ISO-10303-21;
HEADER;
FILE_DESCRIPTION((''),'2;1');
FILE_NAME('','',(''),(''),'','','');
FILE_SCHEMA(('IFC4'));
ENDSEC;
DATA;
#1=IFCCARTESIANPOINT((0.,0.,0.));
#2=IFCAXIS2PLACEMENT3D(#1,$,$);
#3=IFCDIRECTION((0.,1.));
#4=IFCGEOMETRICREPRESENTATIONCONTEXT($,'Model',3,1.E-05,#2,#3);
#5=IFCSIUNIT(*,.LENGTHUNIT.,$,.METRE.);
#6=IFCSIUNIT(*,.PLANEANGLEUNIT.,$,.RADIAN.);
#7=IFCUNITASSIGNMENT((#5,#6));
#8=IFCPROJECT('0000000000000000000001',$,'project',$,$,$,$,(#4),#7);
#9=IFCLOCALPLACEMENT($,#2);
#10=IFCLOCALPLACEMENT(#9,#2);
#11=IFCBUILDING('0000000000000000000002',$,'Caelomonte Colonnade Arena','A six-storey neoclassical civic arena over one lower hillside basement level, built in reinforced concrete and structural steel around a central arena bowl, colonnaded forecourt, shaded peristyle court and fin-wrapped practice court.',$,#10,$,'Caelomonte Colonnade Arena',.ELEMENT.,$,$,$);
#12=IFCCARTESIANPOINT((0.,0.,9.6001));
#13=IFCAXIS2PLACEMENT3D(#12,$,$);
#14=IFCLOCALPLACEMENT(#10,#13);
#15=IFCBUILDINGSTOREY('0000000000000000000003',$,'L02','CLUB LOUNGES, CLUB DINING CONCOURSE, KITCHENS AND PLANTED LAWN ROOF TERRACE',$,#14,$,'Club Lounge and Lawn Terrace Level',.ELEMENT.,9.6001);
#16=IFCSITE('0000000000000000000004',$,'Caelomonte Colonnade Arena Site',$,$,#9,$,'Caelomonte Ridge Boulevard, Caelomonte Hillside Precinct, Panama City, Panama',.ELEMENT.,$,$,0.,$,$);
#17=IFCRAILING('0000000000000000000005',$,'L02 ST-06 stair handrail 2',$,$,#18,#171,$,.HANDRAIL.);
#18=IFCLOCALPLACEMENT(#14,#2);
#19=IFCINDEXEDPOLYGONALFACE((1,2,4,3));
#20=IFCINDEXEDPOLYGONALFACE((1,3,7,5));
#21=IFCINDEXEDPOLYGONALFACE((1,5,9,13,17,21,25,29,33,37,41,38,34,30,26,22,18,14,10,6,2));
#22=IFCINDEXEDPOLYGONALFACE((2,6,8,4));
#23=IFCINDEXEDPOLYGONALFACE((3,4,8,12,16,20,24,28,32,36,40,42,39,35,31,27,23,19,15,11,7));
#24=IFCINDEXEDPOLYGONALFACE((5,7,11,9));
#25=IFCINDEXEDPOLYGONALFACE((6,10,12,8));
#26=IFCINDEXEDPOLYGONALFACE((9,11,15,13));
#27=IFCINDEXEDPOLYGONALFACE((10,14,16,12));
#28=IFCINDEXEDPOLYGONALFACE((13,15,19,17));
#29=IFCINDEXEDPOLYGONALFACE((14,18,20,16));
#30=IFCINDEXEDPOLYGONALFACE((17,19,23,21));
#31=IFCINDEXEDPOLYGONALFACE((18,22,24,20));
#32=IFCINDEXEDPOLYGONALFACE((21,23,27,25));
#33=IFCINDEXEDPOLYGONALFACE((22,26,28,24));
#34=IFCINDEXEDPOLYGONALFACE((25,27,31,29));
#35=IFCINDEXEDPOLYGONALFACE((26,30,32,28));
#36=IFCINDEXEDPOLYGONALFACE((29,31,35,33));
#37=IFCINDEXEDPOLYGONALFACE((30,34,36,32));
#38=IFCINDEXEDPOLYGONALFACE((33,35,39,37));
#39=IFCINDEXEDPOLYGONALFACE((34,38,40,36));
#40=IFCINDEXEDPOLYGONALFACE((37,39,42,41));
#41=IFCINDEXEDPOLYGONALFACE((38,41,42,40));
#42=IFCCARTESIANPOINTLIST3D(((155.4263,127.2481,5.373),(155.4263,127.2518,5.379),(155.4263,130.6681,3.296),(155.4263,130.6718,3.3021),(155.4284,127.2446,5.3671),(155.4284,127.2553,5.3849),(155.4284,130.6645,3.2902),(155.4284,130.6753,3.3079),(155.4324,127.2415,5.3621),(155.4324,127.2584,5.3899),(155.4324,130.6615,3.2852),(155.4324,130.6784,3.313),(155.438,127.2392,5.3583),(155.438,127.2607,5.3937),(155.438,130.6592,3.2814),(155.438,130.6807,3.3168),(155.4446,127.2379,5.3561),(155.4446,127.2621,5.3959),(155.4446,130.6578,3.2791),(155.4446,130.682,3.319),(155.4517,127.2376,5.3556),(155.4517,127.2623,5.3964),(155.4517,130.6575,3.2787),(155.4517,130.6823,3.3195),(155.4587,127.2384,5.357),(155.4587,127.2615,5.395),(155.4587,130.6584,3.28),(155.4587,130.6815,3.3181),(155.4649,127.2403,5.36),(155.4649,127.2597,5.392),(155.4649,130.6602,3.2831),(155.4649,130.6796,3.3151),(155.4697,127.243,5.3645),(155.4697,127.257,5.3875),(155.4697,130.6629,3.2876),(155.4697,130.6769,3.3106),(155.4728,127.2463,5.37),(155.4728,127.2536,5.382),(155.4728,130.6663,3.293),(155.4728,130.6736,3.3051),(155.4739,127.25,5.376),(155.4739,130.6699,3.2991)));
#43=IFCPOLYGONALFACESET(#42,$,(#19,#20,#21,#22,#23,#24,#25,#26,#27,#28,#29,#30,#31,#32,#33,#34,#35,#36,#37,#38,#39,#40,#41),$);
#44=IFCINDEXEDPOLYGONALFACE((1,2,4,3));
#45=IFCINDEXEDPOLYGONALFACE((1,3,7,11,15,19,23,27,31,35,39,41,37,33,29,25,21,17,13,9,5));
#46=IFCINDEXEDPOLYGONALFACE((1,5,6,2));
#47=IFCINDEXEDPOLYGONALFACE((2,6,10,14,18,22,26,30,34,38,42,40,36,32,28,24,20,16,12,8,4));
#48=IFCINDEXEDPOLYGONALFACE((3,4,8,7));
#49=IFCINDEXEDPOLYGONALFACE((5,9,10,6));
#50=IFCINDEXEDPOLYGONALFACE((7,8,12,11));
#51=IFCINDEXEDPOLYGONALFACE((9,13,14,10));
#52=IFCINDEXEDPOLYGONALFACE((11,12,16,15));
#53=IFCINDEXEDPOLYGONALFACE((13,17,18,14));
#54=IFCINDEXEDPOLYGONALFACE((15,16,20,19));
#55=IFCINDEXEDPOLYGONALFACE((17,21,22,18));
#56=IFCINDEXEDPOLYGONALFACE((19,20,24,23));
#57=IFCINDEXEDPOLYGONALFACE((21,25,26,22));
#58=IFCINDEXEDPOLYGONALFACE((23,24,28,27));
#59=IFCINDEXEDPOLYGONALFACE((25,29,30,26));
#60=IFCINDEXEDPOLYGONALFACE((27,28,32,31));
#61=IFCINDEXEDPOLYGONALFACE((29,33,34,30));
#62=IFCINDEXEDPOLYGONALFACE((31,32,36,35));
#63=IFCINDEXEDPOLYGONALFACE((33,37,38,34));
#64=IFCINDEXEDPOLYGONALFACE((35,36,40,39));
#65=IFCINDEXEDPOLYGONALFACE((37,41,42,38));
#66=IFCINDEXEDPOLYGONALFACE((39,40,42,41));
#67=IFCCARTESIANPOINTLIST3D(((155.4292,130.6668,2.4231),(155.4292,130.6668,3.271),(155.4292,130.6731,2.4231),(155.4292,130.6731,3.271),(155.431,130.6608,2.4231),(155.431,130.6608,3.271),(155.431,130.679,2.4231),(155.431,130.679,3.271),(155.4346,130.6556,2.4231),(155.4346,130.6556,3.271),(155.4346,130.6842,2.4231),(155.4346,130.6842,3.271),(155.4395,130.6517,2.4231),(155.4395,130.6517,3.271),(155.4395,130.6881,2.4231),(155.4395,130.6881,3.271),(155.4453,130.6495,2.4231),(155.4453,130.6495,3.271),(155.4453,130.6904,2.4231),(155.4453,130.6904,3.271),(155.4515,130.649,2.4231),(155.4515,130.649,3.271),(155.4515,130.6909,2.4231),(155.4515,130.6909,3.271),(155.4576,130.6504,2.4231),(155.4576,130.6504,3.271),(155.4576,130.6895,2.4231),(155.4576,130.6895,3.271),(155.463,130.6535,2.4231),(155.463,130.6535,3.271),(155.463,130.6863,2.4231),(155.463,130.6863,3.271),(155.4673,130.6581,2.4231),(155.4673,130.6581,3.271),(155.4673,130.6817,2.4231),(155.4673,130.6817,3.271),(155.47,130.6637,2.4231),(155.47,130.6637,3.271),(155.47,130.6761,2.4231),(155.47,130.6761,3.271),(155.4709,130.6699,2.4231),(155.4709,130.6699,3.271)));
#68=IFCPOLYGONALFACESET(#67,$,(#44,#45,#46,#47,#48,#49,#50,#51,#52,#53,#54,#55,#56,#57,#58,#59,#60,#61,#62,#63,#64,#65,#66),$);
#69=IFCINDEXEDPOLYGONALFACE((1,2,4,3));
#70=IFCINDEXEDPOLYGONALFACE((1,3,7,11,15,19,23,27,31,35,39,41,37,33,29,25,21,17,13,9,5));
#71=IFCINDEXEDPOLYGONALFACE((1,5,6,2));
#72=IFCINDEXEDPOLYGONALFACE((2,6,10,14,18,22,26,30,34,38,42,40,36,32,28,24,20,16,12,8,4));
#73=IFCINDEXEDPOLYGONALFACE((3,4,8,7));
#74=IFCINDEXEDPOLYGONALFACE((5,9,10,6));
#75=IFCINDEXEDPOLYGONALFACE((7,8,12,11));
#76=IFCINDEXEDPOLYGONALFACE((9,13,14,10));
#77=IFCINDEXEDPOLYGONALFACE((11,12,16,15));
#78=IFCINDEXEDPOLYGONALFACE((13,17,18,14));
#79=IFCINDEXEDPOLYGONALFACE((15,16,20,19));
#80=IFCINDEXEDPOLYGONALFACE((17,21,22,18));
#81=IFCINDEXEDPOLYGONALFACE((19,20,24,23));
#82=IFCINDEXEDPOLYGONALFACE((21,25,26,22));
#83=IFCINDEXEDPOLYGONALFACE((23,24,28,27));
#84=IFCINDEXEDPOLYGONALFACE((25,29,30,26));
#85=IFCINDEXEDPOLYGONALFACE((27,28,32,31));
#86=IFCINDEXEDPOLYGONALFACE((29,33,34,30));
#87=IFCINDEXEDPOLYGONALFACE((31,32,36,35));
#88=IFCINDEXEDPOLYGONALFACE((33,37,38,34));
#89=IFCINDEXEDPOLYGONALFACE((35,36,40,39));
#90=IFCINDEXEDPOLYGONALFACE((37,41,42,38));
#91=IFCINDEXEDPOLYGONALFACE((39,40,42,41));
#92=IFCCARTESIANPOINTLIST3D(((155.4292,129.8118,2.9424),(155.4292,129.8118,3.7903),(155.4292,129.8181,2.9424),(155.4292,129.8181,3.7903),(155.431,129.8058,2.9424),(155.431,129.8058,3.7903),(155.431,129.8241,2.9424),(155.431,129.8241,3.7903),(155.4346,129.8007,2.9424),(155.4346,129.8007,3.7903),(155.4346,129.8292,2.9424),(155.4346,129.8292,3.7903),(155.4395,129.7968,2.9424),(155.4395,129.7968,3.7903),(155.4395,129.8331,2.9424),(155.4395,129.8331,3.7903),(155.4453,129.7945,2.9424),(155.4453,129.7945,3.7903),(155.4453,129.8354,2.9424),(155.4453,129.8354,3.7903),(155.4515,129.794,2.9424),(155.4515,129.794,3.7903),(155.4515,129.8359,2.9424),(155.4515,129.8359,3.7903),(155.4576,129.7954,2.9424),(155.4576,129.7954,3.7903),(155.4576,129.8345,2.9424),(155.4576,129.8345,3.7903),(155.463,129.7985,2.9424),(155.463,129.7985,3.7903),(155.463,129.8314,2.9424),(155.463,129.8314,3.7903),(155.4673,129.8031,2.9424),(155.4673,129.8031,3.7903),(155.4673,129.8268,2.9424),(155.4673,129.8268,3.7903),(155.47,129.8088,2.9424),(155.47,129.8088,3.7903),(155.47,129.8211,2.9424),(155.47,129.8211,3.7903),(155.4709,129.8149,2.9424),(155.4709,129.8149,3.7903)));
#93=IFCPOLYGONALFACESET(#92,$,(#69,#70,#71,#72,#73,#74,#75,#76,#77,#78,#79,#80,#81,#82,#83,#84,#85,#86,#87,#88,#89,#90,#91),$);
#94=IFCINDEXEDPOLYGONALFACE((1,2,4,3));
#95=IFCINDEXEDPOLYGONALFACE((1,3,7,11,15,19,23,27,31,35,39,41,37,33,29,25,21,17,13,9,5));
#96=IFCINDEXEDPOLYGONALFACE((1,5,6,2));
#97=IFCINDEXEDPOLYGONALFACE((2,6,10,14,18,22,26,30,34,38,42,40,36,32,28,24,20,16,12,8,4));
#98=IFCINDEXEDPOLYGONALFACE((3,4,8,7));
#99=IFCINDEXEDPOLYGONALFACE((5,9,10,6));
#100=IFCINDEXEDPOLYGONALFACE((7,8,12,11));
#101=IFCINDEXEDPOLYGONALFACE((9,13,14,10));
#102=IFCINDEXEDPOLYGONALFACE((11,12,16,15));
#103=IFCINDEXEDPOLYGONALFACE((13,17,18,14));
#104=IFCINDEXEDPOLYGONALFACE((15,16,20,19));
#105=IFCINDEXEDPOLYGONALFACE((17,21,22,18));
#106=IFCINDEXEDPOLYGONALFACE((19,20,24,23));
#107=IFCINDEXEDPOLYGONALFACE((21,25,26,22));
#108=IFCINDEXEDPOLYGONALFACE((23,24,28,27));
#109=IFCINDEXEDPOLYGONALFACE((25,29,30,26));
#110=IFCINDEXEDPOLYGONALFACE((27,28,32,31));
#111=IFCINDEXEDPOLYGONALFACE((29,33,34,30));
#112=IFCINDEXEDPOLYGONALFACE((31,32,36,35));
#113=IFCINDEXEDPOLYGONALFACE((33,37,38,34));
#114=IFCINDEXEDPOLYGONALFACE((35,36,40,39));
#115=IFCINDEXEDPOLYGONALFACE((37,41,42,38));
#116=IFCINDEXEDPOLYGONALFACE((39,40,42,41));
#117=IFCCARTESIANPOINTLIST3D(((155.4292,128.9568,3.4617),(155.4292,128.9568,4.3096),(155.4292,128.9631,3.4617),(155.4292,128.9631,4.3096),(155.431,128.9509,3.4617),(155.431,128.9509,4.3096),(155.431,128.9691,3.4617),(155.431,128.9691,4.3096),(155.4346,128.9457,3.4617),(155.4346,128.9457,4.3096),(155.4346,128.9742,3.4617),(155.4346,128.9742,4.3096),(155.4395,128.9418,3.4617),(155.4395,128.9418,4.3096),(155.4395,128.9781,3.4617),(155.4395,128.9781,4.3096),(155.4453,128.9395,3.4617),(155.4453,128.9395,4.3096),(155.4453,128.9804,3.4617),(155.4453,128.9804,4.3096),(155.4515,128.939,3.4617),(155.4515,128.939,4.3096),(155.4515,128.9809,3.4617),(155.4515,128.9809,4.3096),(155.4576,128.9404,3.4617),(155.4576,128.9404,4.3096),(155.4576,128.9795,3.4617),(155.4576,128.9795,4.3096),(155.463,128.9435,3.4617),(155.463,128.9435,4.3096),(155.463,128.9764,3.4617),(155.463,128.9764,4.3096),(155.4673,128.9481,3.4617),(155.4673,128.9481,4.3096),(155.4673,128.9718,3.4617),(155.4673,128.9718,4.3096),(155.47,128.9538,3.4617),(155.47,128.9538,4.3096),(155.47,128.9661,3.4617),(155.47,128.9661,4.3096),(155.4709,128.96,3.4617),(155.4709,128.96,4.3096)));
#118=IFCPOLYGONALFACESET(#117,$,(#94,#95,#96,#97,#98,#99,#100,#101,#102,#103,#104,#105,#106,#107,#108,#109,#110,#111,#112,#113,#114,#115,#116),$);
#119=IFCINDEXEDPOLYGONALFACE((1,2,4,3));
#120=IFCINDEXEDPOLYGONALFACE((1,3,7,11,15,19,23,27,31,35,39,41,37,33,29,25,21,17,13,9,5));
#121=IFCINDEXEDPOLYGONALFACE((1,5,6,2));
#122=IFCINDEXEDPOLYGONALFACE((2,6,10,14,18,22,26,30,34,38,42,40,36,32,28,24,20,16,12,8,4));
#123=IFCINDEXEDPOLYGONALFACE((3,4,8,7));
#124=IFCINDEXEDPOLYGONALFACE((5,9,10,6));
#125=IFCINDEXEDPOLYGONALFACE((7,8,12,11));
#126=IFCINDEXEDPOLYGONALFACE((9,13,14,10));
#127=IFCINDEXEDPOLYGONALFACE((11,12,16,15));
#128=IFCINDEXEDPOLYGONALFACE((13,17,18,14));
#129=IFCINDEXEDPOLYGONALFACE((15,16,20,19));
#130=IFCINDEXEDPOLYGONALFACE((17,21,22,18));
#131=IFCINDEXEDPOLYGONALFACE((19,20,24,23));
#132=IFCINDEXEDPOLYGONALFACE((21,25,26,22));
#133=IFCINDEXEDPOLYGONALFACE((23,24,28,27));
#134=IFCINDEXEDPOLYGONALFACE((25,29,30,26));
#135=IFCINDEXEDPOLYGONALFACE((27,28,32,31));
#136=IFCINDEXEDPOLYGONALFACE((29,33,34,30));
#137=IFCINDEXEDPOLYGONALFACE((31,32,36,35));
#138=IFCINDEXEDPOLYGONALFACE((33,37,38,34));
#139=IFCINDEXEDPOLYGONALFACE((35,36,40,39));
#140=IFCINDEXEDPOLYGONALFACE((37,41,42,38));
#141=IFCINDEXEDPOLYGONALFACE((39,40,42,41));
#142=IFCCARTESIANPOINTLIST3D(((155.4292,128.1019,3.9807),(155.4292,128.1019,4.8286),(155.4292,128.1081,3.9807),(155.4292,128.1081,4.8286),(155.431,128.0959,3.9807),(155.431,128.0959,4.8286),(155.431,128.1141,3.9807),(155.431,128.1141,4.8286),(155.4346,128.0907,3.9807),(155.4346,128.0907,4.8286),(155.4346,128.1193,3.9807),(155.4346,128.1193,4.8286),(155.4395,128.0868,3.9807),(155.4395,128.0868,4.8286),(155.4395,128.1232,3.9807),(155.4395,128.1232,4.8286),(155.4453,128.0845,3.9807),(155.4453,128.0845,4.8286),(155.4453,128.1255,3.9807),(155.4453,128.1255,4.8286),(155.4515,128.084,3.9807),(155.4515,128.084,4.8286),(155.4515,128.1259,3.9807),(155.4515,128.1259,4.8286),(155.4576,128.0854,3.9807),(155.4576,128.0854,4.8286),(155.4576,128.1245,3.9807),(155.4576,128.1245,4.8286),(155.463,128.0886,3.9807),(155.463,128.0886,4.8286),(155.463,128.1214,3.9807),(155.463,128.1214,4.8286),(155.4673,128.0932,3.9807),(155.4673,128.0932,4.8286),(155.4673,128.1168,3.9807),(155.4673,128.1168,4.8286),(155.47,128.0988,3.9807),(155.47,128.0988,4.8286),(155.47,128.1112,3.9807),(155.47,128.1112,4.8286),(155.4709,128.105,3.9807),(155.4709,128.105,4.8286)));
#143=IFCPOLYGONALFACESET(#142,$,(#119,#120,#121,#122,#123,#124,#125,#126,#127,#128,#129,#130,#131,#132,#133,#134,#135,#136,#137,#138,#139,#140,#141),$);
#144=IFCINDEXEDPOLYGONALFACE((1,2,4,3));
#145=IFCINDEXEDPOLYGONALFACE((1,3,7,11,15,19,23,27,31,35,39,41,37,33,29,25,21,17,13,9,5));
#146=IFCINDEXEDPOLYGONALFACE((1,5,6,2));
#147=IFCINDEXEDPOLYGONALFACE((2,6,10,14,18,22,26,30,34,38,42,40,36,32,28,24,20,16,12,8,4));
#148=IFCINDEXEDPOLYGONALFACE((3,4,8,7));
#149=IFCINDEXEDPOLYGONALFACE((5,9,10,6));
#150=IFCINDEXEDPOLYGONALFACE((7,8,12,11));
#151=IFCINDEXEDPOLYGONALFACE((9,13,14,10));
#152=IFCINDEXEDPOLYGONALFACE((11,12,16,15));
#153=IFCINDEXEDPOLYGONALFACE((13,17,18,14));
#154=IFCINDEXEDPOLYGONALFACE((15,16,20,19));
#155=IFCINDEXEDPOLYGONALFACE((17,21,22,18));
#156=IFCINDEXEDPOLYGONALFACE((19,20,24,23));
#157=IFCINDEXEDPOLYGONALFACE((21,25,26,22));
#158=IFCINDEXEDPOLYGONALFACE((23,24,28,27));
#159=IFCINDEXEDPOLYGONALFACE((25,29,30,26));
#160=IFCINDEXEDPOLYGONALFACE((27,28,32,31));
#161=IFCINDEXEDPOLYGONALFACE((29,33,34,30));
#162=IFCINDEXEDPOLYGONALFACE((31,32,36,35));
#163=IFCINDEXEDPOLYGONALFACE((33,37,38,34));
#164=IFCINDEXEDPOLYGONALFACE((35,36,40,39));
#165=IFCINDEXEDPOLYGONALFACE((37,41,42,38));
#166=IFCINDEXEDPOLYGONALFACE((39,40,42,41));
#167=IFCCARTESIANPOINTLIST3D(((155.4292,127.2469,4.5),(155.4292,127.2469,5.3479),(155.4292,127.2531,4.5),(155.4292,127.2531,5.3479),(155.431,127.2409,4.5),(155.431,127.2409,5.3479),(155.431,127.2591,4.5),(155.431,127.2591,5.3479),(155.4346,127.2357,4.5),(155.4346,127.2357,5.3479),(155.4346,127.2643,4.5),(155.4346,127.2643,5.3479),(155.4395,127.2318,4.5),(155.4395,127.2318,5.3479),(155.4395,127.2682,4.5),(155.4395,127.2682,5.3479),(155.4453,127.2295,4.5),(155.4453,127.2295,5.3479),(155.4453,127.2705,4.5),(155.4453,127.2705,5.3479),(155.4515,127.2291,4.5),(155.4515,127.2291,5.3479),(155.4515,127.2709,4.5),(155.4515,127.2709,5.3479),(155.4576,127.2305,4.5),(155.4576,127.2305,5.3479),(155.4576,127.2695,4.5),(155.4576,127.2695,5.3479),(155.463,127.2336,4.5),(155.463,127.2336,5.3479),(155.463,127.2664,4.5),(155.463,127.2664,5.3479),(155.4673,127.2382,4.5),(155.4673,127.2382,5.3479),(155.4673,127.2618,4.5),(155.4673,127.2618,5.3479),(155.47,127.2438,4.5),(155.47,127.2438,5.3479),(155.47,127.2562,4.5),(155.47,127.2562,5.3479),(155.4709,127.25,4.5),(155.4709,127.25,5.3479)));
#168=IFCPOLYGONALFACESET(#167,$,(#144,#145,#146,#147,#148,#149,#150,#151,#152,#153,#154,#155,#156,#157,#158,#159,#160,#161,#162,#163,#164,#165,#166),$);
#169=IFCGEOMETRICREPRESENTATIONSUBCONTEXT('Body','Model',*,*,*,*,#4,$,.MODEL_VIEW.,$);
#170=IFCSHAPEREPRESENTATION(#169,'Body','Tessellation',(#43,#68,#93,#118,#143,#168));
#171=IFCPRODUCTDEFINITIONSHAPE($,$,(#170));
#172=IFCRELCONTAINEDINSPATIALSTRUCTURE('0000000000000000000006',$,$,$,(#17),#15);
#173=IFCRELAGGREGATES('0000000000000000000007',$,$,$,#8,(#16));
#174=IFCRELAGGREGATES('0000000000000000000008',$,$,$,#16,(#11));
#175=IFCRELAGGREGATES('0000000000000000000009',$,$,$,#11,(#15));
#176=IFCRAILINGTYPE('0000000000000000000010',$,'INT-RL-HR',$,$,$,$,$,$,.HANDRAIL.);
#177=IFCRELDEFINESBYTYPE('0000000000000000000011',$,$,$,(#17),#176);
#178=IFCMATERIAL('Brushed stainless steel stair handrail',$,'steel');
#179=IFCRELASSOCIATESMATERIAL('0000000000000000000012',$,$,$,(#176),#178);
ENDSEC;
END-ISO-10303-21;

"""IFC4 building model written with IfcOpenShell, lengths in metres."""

from ifc_helpers import new_model, si_unit, direction, frame, origin, origin_2d, place, context, subcontext, project, spatial, circle, extrude, material, type_object, element, save


model = new_model("IFC4")

# Units and contexts
model_context = context("Model", 3, precision=1e-05, world=origin(), true_north=direction((0.0, 1.0)))
body_context = subcontext(model_context, "Body", "Model", "MODEL_VIEW")
ifc_project = project(units=[si_unit("LENGTHUNIT", "METRE"), si_unit("PLANEANGLEUNIT", "RADIAN")], contexts=[model_context])

# Site, building, storey
site_placement = place(None, origin())
site = spatial("IfcSite", under=ifc_project, at=site_placement, Name="Caelomonte Colonnade Arena Site", LongName="Caelomonte Ridge Boulevard, Caelomonte Hillside Precinct, Panama City, Panama", CompositionType="ELEMENT", RefElevation=0.0)
building_placement = place(site_placement, origin())
building = spatial("IfcBuilding", under=site, at=building_placement, Name="Caelomonte Colonnade Arena", Description="A six-storey neoclassical civic arena over one lower hillside basement level, built in reinforced concrete and structural steel around a central arena bowl, colonnaded forecourt, shaded peristyle court and fin-wrapped practice court.", LongName="Caelomonte Colonnade Arena", CompositionType="ELEMENT")
storey_placement = place(building_placement, frame((0.0, 0.0, 9.6001)))
storey = spatial("IfcBuildingStorey", under=building, at=storey_placement, Name="L02", Description="CLUB LOUNGES, CLUB DINING CONCOURSE, KITCHENS AND PLANTED LAWN ROOF TERRACE", LongName="Club Lounge and Lawn Terrace Level", CompositionType="ELEMENT", Elevation=9.6001)

# Railing
ifc_material_1 = material(Name="Brushed stainless steel stair handrail", Category="steel")
railing_type_1 = type_object("IfcRailingType", Name="INT-RL-HR", PredefinedType="HANDRAIL", material=ifc_material_1)
railing_1_placement = place(storey_placement, frame((155.45, 130.6699, 2.4231)))
element("IfcRailing", 1, at=railing_1_placement, inside=storey, type_object=railing_type_1, Name="L02 ST-06 stair handrail 2", PredefinedType="HANDRAIL", context=body_context, shape_type="SweptSolid", body=[
    extrude(circle(Radius=0.0239, at=origin_2d()), frame((0.0, 0.0, 0.876), z_axis=(0.0, -0.85473, 0.519074), x_axis=(1.0, 0.0, 0.0)), (0.0, 0.0, 1.0), 4.0012),
    extrude(circle(Radius=0.021, at=origin_2d()), origin(), (0.0, 0.0, 1.0), 0.8479),
    extrude(circle(Radius=0.021, at=origin_2d()), frame((0.0, -0.855, 0.5193)), (0.0, 0.0, 1.0), 0.8479),
    extrude(circle(Radius=0.021, at=origin_2d()), frame((0.0, -1.71, 1.0386)), (0.0, 0.0, 1.0), 0.8479),
    extrude(circle(Radius=0.021, at=origin_2d()), frame((0.0, -2.5649, 1.5576)), (0.0, 0.0, 1.0), 0.8479),
    extrude(circle(Radius=0.021, at=origin_2d()), frame((0.0, -3.4199, 2.0769)), (0.0, 0.0, 1.0), 0.8479),
])

save(model, "model.ifc")
